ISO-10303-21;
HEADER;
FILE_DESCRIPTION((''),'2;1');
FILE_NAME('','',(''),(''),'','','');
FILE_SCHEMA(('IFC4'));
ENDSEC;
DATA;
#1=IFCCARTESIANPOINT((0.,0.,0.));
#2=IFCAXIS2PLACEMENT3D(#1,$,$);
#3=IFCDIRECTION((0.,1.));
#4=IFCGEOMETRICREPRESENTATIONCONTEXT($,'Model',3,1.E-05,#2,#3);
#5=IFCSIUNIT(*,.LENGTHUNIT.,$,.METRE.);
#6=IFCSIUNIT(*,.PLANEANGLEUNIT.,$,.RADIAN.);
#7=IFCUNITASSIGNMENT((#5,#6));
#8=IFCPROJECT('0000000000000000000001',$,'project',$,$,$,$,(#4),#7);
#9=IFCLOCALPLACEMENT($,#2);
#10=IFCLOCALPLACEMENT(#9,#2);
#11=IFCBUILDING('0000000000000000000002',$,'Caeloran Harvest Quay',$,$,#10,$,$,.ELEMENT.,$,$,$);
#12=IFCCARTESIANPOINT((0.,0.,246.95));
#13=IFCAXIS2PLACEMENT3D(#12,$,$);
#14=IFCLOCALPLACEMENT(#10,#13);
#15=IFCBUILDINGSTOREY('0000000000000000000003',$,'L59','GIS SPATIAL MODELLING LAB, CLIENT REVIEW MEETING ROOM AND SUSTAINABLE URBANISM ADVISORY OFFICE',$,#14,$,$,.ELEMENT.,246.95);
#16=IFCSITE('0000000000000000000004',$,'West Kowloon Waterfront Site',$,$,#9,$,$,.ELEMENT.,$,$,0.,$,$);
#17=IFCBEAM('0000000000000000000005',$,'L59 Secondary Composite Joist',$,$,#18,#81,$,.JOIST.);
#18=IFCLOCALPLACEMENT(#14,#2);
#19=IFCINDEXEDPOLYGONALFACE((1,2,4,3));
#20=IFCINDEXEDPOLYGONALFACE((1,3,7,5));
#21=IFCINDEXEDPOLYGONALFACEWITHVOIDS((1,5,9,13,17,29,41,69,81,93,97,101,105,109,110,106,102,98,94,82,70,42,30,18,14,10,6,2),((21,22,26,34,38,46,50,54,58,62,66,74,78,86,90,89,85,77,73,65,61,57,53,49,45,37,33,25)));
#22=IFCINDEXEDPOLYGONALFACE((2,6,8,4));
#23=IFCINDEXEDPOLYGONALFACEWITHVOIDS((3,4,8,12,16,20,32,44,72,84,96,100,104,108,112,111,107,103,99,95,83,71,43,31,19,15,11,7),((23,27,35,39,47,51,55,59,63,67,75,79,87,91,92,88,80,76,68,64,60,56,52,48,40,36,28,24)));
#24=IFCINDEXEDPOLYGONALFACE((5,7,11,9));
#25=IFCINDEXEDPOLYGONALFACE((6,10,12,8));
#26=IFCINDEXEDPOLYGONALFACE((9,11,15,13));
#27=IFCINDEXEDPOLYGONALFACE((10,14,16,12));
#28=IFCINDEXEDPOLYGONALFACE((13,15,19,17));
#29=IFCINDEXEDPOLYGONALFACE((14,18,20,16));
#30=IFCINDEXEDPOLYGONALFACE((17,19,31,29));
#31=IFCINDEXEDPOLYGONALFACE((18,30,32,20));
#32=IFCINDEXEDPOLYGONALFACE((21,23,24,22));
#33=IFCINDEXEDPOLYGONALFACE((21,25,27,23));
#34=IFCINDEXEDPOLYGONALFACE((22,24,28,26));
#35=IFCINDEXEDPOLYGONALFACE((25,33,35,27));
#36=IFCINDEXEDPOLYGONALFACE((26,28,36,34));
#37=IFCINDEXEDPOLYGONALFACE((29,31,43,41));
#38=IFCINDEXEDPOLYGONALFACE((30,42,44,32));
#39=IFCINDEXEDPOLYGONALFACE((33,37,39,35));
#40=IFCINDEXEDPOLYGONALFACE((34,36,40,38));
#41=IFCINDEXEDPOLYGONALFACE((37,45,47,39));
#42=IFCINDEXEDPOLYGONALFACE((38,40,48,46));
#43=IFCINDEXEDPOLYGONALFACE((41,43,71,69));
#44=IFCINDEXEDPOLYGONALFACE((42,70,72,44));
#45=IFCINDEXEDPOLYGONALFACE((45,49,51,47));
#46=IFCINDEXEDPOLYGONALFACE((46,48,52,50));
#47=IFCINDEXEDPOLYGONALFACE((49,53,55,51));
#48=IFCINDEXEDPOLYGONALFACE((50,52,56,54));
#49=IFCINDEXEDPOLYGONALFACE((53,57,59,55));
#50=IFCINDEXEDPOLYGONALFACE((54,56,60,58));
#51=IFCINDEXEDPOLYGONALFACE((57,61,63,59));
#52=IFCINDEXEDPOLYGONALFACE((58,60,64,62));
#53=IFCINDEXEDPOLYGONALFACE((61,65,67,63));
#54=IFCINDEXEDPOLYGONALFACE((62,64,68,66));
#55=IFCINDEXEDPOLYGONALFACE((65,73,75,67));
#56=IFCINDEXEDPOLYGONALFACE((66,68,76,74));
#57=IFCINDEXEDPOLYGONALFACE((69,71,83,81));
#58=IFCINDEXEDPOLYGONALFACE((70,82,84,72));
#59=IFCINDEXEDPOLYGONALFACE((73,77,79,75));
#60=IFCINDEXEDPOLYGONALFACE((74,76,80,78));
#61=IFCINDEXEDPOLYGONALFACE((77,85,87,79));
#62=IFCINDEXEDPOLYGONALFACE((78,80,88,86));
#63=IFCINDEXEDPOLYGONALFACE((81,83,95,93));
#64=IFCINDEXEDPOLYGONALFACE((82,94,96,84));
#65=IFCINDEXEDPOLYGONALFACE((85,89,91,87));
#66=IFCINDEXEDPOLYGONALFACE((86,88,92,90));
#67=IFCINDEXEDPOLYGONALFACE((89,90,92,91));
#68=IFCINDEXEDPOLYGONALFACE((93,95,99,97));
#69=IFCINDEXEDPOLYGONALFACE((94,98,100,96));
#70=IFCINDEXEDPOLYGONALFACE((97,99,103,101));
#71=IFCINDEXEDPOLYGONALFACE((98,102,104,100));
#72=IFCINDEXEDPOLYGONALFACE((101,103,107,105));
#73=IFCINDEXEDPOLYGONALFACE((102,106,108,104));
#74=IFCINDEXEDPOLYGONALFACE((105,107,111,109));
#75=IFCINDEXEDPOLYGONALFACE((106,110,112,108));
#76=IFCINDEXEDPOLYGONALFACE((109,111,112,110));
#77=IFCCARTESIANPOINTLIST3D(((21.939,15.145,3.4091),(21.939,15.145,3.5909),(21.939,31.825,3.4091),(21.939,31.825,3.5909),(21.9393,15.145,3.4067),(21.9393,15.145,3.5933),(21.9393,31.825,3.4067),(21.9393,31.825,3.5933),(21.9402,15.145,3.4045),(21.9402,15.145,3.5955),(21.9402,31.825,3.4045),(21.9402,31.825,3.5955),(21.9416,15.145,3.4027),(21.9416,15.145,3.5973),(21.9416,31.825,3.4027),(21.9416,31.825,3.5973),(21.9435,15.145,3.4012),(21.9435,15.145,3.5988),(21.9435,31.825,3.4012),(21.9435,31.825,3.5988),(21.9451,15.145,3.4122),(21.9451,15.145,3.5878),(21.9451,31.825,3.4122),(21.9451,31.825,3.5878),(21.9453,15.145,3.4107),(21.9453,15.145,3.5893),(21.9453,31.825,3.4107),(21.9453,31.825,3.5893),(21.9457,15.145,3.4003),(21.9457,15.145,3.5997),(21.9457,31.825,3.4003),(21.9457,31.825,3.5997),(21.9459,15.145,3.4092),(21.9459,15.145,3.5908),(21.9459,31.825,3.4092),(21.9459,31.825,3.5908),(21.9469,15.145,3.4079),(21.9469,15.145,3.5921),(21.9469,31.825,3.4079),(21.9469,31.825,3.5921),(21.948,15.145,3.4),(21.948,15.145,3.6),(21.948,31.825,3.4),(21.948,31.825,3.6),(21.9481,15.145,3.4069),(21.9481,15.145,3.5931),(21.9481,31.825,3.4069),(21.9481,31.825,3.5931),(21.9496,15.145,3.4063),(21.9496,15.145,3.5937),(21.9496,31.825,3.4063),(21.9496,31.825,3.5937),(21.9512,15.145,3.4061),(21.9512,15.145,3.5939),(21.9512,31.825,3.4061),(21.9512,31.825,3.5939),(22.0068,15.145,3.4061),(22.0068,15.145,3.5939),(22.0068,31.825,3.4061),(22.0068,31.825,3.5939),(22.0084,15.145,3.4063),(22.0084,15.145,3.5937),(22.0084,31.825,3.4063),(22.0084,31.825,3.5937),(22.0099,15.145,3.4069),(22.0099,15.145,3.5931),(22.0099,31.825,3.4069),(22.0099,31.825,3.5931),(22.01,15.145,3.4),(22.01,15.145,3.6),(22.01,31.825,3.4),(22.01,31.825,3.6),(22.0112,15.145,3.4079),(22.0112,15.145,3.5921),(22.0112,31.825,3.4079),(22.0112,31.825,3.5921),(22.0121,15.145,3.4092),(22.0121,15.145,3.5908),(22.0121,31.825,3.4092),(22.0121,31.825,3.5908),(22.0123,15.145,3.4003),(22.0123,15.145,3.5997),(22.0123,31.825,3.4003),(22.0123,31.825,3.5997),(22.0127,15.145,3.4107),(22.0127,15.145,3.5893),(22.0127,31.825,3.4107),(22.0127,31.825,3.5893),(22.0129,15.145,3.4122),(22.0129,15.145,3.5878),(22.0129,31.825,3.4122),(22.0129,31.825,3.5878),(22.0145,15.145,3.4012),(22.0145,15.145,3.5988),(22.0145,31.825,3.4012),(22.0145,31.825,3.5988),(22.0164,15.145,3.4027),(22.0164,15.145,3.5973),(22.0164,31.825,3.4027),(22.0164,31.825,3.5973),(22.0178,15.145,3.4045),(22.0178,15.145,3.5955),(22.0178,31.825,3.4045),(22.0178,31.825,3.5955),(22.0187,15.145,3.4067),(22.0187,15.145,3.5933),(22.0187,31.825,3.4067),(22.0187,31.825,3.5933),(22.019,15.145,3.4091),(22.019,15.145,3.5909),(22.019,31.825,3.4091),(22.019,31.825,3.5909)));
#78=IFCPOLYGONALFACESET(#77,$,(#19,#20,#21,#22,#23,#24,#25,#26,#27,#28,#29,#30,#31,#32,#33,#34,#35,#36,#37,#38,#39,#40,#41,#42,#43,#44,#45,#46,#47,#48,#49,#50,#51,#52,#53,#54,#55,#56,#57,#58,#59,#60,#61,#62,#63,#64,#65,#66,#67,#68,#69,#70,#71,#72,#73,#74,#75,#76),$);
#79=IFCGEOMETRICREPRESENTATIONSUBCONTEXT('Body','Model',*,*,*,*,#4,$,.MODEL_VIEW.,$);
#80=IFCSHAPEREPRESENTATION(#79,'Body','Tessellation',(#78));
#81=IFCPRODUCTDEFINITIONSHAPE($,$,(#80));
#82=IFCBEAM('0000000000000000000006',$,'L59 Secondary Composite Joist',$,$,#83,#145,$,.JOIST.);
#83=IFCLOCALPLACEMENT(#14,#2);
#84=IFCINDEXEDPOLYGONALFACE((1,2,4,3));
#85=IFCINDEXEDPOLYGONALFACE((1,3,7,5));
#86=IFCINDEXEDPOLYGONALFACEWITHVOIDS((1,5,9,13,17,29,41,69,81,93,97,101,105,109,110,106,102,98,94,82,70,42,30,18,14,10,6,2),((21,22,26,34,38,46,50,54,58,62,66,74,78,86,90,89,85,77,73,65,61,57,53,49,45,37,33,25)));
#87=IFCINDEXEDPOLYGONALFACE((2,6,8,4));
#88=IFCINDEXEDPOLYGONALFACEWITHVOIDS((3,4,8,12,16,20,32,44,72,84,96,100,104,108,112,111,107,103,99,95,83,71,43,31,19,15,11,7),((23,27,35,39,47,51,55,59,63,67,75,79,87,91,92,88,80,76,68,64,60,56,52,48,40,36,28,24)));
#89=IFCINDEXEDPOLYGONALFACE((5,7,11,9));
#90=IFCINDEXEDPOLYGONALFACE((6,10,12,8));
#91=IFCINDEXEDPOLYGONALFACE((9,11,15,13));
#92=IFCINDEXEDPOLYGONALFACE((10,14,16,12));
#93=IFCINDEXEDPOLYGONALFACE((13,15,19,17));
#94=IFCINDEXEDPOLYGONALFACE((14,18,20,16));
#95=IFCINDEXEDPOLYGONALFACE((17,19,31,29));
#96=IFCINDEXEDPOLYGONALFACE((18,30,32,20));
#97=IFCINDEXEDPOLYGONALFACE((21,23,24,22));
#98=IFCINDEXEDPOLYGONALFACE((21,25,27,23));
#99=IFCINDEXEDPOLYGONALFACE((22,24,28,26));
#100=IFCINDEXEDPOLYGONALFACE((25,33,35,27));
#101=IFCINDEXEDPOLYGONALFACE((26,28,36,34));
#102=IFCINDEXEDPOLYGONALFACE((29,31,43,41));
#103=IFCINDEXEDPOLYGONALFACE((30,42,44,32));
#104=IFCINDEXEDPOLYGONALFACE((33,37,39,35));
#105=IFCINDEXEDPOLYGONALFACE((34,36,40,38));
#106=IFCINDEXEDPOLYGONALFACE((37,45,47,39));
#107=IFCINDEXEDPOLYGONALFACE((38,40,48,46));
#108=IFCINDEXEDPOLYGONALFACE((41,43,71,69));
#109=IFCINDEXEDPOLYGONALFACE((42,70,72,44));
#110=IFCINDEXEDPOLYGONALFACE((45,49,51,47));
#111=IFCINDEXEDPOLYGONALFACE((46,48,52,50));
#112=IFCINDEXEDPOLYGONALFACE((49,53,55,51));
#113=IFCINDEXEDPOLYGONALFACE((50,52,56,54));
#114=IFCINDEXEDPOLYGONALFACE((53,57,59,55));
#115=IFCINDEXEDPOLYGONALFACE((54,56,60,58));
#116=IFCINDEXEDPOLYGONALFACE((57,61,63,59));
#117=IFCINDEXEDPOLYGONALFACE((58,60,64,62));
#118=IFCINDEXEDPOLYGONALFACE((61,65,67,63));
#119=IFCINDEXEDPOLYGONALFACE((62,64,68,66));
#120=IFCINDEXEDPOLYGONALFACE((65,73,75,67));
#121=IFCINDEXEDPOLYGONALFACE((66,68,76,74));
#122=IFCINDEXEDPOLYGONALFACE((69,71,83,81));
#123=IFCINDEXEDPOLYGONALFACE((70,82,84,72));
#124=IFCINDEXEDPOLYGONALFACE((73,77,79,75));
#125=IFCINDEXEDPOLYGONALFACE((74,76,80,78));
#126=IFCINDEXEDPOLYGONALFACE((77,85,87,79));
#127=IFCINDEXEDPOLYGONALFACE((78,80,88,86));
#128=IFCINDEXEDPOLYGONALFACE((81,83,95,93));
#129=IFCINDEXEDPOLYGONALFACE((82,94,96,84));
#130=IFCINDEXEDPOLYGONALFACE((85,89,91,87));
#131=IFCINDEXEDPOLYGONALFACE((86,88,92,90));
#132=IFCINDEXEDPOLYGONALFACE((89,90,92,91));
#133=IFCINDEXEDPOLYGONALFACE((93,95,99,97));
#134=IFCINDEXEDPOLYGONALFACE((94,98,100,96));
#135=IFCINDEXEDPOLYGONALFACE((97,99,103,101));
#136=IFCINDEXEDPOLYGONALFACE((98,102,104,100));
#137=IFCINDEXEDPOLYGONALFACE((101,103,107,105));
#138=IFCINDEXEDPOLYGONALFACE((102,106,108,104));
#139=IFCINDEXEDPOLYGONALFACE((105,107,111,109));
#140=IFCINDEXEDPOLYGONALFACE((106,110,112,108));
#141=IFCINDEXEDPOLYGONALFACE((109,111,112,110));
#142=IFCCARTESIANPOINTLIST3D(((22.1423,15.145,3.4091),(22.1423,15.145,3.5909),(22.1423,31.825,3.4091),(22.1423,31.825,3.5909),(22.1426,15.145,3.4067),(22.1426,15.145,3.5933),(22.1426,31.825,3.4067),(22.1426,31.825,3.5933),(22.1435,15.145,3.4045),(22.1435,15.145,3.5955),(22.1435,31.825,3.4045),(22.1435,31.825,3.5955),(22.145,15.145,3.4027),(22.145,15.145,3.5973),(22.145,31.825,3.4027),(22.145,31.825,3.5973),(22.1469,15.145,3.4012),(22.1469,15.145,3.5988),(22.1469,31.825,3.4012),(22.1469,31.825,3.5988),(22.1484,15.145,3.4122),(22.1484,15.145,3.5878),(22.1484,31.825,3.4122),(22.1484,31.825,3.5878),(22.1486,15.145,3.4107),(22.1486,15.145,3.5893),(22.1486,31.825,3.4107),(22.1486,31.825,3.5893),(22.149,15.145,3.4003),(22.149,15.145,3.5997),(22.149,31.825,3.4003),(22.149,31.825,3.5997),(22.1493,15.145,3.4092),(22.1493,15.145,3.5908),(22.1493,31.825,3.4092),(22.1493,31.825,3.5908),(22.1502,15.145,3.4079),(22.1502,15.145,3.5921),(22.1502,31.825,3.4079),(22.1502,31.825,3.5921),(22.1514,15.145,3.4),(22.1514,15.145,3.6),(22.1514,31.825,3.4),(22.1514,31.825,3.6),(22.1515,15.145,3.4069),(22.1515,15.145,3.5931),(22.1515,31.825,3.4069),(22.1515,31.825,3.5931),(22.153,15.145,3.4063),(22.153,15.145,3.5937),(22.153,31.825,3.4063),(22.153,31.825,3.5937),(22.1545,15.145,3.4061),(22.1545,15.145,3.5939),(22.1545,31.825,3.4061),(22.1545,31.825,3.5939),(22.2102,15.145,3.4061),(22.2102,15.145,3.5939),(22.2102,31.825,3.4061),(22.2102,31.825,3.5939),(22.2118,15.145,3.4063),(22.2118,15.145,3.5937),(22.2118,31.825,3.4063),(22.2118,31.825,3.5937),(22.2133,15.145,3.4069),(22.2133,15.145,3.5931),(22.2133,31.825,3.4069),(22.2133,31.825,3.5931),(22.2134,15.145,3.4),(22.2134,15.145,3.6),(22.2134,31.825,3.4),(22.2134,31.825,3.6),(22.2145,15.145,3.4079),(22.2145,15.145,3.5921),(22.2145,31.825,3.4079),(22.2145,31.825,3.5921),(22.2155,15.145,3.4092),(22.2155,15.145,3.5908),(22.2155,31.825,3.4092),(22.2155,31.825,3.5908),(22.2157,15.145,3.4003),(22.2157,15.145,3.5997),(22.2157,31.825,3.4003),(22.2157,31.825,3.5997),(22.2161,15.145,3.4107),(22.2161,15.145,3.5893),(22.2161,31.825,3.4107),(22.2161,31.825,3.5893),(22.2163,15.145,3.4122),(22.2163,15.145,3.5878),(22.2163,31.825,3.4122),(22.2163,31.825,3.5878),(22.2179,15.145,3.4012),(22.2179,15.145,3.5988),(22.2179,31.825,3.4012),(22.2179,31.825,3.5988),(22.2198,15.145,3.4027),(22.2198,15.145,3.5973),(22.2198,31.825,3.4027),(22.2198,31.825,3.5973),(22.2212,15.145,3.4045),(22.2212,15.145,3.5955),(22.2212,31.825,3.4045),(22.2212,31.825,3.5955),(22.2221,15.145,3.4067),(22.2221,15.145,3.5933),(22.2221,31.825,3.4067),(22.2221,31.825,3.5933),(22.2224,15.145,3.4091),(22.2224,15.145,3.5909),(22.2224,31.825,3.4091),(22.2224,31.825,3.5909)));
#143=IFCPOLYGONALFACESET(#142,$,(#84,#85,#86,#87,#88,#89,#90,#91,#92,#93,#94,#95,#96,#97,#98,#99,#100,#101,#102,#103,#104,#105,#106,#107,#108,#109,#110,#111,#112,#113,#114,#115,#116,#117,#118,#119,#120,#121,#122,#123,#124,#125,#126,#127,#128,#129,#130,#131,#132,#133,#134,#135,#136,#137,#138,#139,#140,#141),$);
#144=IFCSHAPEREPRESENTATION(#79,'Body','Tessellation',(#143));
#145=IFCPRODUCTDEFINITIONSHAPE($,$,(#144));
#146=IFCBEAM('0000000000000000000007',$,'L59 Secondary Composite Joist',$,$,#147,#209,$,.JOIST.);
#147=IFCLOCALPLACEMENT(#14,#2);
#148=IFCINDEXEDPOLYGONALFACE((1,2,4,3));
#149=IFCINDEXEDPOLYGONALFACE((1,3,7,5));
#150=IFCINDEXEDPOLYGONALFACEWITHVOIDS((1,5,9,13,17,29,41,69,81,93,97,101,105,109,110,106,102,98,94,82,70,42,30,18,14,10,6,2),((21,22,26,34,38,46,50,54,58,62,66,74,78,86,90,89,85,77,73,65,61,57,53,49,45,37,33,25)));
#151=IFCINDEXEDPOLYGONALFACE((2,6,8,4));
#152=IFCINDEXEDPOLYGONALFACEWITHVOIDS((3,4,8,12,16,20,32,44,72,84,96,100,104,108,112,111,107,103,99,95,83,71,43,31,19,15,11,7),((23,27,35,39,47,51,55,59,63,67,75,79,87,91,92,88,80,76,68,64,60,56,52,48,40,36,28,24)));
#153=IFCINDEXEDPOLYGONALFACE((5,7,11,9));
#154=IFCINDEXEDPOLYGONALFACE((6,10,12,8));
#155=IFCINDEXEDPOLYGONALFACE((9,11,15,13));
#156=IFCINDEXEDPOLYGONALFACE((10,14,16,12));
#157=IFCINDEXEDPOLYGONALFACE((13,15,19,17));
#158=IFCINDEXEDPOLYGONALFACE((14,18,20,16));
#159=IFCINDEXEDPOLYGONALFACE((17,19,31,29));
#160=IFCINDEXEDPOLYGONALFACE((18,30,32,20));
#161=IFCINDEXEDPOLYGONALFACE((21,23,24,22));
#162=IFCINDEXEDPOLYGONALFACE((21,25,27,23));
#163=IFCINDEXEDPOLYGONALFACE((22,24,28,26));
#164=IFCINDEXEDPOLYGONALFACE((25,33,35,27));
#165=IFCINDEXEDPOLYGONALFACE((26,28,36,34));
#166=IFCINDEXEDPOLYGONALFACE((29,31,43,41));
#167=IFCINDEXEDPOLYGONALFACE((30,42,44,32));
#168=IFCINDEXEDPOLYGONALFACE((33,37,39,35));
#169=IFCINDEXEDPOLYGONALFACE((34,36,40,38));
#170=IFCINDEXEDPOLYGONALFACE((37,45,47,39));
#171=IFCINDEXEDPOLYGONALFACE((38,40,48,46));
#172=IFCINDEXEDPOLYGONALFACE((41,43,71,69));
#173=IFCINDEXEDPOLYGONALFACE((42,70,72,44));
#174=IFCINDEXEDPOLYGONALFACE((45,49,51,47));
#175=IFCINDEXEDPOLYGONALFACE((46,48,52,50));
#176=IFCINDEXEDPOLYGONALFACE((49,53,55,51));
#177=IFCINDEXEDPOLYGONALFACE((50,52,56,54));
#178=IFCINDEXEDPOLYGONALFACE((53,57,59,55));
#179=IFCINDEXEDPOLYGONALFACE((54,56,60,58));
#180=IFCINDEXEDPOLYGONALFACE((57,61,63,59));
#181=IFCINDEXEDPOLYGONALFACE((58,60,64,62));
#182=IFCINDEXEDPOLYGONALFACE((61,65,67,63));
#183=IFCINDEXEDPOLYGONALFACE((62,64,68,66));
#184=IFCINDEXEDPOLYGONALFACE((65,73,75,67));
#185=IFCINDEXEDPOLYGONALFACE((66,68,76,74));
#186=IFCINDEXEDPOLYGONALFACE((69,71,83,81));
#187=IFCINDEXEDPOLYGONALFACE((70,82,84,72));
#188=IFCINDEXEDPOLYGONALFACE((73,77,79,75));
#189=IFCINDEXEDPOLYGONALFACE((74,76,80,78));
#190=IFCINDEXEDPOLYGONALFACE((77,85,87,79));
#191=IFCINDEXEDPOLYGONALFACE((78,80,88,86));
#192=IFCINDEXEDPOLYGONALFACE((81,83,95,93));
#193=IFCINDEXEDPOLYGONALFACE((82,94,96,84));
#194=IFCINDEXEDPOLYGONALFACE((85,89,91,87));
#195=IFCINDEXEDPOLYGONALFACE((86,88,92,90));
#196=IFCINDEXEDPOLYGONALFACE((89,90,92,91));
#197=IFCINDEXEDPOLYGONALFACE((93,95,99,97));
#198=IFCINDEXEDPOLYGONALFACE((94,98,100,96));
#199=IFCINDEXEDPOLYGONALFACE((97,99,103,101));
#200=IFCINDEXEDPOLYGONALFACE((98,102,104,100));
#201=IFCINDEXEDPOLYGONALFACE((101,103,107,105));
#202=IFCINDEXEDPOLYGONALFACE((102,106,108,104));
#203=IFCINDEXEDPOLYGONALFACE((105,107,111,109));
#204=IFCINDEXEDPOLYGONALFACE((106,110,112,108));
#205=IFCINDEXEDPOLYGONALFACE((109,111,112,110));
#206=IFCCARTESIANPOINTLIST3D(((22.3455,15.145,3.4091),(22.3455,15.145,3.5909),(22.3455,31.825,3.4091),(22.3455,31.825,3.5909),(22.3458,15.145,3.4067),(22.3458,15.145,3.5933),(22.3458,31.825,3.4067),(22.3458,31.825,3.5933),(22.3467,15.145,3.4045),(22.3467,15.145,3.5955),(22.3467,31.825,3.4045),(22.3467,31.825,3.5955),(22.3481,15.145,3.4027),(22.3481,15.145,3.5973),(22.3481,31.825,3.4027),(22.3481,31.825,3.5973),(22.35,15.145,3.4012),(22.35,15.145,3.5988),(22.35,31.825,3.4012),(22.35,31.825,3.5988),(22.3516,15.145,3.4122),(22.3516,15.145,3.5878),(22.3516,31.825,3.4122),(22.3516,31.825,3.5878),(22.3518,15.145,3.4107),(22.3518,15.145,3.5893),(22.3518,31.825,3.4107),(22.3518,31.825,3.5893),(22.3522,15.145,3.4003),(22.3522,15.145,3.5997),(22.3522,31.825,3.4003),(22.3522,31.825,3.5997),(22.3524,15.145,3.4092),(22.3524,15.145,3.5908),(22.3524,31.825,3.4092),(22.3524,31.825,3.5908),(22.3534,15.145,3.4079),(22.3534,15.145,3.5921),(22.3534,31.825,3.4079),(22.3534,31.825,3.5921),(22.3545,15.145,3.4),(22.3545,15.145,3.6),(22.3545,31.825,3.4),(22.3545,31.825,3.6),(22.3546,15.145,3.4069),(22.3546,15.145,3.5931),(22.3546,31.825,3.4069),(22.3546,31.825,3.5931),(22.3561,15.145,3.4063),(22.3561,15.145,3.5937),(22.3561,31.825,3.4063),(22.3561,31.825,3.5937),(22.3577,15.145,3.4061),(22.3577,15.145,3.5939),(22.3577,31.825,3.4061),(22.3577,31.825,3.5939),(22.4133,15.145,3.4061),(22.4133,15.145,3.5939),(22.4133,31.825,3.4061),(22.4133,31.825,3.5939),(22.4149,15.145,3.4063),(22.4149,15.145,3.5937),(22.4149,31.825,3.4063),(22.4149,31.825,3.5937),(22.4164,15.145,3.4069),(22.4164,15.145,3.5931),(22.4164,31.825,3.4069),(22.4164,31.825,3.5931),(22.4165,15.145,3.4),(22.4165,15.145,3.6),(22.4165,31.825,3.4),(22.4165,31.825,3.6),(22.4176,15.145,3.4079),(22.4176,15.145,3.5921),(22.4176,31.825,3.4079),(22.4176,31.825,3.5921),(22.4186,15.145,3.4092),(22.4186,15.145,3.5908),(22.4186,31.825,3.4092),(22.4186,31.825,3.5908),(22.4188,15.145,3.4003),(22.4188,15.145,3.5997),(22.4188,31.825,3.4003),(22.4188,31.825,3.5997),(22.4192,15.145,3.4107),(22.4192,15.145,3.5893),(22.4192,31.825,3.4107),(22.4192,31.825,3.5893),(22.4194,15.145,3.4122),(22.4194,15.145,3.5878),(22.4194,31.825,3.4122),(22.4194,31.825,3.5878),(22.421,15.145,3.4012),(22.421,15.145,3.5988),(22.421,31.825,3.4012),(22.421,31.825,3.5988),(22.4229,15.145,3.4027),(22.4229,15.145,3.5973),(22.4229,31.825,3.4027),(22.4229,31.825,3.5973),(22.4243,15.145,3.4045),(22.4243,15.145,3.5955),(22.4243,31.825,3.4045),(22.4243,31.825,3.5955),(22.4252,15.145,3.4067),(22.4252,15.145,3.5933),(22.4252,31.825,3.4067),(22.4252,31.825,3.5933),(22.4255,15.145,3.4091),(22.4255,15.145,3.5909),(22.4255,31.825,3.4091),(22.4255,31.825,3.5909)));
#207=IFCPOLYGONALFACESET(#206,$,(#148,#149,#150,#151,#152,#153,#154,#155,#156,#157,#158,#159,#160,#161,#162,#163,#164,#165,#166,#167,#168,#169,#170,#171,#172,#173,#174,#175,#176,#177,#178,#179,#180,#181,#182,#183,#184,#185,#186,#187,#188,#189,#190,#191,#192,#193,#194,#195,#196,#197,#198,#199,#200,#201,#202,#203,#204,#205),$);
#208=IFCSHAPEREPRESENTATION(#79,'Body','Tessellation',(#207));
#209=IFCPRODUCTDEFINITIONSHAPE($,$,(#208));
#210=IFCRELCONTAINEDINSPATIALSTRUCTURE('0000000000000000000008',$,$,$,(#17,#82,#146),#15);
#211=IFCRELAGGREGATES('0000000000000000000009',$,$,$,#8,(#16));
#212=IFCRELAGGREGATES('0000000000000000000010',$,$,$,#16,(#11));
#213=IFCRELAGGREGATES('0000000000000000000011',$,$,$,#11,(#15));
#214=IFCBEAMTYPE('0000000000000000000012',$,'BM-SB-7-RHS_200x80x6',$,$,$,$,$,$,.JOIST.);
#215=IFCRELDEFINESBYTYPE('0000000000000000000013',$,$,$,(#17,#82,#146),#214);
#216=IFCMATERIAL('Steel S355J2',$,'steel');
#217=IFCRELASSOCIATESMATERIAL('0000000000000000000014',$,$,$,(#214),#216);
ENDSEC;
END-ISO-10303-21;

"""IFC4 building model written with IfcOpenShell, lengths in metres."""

from ifc_helpers import new_model, si_unit, direction, frame, origin, origin_2d, place, context, subcontext, project, spatial, hollow_rectangle, extrude, material, material_profile, profile_set, type_object, element, save


model = new_model("IFC4")

# Units and contexts
model_context = context("Model", 3, precision=1e-05, world=origin(), true_north=direction((0.0, 1.0)))
body_context = subcontext(model_context, "Body", "Model", "MODEL_VIEW")
ifc_project = project(units=[si_unit("LENGTHUNIT", "METRE"), si_unit("PLANEANGLEUNIT", "RADIAN")], contexts=[model_context])

# Site, building, storey
site_placement = place(None, origin())
site = spatial("IfcSite", under=ifc_project, at=site_placement, Name="West Kowloon Waterfront Site", CompositionType="ELEMENT", RefElevation=0.0)
building_placement = place(site_placement, origin())
building = spatial("IfcBuilding", under=site, at=building_placement, Name="Caeloran Harvest Quay", CompositionType="ELEMENT")
storey_placement = place(building_placement, frame((0.0, 0.0, 246.95)))
storey = spatial("IfcBuildingStorey", under=building, at=storey_placement, Name="L59", Description="GIS SPATIAL MODELLING LAB, CLIENT REVIEW MEETING ROOM AND SUSTAINABLE URBANISM ADVISORY OFFICE", CompositionType="ELEMENT", Elevation=246.95)

# Beams
ifc_material_1 = material(Name="Steel S355J2", Category="steel")
ifc_material_profile_1 = material_profile(ifc_material_1, hollow_rectangle(XDim=0.0801, YDim=0.2, WallThickness=0.0061, InnerFilletRadius=0.0061, OuterFilletRadius=0.009, at=origin_2d()), Name="RHS 200x80x6")
ifc_profile_set_1 = profile_set([ifc_material_profile_1], Name="Steel S355J2")
beam_type_1 = type_object("IfcBeamType", Name="BM-SB-7-RHS_200x80x6", PredefinedType="JOIST", material=ifc_profile_set_1)
for number, where, z_axis, x_axis, name in (
    (1, (21.979, 15.145, 3.5), (0.0, 1.0, 0.0), (-1.0, 0.0, 0.0), "L59 Secondary Composite Joist"),
    (2, (22.1824, 15.145, 3.5), (0.0, 1.0, 0.0), (-1.0, 0.0, 0.0), "L59 Secondary Composite Joist"),
    (3, (22.3855, 15.145, 3.5), (0.0, 1.0, 0.0), (-1.0, 0.0, 0.0), "L59 Secondary Composite Joist"),
):
    element("IfcBeam", number, at=place(storey_placement, frame(where, z_axis=z_axis, x_axis=x_axis)), inside=storey, type_object=beam_type_1, Name=name, PredefinedType="JOIST", context=body_context, shape_type="SweptSolid", body=[
        extrude(hollow_rectangle(XDim=0.0801, YDim=0.2, WallThickness=0.0061, InnerFilletRadius=0.0061, OuterFilletRadius=0.009, at=origin_2d()), origin(), (0.0, 0.0, 1.0), 16.6799),
    ])

save(model, "model.ifc")
